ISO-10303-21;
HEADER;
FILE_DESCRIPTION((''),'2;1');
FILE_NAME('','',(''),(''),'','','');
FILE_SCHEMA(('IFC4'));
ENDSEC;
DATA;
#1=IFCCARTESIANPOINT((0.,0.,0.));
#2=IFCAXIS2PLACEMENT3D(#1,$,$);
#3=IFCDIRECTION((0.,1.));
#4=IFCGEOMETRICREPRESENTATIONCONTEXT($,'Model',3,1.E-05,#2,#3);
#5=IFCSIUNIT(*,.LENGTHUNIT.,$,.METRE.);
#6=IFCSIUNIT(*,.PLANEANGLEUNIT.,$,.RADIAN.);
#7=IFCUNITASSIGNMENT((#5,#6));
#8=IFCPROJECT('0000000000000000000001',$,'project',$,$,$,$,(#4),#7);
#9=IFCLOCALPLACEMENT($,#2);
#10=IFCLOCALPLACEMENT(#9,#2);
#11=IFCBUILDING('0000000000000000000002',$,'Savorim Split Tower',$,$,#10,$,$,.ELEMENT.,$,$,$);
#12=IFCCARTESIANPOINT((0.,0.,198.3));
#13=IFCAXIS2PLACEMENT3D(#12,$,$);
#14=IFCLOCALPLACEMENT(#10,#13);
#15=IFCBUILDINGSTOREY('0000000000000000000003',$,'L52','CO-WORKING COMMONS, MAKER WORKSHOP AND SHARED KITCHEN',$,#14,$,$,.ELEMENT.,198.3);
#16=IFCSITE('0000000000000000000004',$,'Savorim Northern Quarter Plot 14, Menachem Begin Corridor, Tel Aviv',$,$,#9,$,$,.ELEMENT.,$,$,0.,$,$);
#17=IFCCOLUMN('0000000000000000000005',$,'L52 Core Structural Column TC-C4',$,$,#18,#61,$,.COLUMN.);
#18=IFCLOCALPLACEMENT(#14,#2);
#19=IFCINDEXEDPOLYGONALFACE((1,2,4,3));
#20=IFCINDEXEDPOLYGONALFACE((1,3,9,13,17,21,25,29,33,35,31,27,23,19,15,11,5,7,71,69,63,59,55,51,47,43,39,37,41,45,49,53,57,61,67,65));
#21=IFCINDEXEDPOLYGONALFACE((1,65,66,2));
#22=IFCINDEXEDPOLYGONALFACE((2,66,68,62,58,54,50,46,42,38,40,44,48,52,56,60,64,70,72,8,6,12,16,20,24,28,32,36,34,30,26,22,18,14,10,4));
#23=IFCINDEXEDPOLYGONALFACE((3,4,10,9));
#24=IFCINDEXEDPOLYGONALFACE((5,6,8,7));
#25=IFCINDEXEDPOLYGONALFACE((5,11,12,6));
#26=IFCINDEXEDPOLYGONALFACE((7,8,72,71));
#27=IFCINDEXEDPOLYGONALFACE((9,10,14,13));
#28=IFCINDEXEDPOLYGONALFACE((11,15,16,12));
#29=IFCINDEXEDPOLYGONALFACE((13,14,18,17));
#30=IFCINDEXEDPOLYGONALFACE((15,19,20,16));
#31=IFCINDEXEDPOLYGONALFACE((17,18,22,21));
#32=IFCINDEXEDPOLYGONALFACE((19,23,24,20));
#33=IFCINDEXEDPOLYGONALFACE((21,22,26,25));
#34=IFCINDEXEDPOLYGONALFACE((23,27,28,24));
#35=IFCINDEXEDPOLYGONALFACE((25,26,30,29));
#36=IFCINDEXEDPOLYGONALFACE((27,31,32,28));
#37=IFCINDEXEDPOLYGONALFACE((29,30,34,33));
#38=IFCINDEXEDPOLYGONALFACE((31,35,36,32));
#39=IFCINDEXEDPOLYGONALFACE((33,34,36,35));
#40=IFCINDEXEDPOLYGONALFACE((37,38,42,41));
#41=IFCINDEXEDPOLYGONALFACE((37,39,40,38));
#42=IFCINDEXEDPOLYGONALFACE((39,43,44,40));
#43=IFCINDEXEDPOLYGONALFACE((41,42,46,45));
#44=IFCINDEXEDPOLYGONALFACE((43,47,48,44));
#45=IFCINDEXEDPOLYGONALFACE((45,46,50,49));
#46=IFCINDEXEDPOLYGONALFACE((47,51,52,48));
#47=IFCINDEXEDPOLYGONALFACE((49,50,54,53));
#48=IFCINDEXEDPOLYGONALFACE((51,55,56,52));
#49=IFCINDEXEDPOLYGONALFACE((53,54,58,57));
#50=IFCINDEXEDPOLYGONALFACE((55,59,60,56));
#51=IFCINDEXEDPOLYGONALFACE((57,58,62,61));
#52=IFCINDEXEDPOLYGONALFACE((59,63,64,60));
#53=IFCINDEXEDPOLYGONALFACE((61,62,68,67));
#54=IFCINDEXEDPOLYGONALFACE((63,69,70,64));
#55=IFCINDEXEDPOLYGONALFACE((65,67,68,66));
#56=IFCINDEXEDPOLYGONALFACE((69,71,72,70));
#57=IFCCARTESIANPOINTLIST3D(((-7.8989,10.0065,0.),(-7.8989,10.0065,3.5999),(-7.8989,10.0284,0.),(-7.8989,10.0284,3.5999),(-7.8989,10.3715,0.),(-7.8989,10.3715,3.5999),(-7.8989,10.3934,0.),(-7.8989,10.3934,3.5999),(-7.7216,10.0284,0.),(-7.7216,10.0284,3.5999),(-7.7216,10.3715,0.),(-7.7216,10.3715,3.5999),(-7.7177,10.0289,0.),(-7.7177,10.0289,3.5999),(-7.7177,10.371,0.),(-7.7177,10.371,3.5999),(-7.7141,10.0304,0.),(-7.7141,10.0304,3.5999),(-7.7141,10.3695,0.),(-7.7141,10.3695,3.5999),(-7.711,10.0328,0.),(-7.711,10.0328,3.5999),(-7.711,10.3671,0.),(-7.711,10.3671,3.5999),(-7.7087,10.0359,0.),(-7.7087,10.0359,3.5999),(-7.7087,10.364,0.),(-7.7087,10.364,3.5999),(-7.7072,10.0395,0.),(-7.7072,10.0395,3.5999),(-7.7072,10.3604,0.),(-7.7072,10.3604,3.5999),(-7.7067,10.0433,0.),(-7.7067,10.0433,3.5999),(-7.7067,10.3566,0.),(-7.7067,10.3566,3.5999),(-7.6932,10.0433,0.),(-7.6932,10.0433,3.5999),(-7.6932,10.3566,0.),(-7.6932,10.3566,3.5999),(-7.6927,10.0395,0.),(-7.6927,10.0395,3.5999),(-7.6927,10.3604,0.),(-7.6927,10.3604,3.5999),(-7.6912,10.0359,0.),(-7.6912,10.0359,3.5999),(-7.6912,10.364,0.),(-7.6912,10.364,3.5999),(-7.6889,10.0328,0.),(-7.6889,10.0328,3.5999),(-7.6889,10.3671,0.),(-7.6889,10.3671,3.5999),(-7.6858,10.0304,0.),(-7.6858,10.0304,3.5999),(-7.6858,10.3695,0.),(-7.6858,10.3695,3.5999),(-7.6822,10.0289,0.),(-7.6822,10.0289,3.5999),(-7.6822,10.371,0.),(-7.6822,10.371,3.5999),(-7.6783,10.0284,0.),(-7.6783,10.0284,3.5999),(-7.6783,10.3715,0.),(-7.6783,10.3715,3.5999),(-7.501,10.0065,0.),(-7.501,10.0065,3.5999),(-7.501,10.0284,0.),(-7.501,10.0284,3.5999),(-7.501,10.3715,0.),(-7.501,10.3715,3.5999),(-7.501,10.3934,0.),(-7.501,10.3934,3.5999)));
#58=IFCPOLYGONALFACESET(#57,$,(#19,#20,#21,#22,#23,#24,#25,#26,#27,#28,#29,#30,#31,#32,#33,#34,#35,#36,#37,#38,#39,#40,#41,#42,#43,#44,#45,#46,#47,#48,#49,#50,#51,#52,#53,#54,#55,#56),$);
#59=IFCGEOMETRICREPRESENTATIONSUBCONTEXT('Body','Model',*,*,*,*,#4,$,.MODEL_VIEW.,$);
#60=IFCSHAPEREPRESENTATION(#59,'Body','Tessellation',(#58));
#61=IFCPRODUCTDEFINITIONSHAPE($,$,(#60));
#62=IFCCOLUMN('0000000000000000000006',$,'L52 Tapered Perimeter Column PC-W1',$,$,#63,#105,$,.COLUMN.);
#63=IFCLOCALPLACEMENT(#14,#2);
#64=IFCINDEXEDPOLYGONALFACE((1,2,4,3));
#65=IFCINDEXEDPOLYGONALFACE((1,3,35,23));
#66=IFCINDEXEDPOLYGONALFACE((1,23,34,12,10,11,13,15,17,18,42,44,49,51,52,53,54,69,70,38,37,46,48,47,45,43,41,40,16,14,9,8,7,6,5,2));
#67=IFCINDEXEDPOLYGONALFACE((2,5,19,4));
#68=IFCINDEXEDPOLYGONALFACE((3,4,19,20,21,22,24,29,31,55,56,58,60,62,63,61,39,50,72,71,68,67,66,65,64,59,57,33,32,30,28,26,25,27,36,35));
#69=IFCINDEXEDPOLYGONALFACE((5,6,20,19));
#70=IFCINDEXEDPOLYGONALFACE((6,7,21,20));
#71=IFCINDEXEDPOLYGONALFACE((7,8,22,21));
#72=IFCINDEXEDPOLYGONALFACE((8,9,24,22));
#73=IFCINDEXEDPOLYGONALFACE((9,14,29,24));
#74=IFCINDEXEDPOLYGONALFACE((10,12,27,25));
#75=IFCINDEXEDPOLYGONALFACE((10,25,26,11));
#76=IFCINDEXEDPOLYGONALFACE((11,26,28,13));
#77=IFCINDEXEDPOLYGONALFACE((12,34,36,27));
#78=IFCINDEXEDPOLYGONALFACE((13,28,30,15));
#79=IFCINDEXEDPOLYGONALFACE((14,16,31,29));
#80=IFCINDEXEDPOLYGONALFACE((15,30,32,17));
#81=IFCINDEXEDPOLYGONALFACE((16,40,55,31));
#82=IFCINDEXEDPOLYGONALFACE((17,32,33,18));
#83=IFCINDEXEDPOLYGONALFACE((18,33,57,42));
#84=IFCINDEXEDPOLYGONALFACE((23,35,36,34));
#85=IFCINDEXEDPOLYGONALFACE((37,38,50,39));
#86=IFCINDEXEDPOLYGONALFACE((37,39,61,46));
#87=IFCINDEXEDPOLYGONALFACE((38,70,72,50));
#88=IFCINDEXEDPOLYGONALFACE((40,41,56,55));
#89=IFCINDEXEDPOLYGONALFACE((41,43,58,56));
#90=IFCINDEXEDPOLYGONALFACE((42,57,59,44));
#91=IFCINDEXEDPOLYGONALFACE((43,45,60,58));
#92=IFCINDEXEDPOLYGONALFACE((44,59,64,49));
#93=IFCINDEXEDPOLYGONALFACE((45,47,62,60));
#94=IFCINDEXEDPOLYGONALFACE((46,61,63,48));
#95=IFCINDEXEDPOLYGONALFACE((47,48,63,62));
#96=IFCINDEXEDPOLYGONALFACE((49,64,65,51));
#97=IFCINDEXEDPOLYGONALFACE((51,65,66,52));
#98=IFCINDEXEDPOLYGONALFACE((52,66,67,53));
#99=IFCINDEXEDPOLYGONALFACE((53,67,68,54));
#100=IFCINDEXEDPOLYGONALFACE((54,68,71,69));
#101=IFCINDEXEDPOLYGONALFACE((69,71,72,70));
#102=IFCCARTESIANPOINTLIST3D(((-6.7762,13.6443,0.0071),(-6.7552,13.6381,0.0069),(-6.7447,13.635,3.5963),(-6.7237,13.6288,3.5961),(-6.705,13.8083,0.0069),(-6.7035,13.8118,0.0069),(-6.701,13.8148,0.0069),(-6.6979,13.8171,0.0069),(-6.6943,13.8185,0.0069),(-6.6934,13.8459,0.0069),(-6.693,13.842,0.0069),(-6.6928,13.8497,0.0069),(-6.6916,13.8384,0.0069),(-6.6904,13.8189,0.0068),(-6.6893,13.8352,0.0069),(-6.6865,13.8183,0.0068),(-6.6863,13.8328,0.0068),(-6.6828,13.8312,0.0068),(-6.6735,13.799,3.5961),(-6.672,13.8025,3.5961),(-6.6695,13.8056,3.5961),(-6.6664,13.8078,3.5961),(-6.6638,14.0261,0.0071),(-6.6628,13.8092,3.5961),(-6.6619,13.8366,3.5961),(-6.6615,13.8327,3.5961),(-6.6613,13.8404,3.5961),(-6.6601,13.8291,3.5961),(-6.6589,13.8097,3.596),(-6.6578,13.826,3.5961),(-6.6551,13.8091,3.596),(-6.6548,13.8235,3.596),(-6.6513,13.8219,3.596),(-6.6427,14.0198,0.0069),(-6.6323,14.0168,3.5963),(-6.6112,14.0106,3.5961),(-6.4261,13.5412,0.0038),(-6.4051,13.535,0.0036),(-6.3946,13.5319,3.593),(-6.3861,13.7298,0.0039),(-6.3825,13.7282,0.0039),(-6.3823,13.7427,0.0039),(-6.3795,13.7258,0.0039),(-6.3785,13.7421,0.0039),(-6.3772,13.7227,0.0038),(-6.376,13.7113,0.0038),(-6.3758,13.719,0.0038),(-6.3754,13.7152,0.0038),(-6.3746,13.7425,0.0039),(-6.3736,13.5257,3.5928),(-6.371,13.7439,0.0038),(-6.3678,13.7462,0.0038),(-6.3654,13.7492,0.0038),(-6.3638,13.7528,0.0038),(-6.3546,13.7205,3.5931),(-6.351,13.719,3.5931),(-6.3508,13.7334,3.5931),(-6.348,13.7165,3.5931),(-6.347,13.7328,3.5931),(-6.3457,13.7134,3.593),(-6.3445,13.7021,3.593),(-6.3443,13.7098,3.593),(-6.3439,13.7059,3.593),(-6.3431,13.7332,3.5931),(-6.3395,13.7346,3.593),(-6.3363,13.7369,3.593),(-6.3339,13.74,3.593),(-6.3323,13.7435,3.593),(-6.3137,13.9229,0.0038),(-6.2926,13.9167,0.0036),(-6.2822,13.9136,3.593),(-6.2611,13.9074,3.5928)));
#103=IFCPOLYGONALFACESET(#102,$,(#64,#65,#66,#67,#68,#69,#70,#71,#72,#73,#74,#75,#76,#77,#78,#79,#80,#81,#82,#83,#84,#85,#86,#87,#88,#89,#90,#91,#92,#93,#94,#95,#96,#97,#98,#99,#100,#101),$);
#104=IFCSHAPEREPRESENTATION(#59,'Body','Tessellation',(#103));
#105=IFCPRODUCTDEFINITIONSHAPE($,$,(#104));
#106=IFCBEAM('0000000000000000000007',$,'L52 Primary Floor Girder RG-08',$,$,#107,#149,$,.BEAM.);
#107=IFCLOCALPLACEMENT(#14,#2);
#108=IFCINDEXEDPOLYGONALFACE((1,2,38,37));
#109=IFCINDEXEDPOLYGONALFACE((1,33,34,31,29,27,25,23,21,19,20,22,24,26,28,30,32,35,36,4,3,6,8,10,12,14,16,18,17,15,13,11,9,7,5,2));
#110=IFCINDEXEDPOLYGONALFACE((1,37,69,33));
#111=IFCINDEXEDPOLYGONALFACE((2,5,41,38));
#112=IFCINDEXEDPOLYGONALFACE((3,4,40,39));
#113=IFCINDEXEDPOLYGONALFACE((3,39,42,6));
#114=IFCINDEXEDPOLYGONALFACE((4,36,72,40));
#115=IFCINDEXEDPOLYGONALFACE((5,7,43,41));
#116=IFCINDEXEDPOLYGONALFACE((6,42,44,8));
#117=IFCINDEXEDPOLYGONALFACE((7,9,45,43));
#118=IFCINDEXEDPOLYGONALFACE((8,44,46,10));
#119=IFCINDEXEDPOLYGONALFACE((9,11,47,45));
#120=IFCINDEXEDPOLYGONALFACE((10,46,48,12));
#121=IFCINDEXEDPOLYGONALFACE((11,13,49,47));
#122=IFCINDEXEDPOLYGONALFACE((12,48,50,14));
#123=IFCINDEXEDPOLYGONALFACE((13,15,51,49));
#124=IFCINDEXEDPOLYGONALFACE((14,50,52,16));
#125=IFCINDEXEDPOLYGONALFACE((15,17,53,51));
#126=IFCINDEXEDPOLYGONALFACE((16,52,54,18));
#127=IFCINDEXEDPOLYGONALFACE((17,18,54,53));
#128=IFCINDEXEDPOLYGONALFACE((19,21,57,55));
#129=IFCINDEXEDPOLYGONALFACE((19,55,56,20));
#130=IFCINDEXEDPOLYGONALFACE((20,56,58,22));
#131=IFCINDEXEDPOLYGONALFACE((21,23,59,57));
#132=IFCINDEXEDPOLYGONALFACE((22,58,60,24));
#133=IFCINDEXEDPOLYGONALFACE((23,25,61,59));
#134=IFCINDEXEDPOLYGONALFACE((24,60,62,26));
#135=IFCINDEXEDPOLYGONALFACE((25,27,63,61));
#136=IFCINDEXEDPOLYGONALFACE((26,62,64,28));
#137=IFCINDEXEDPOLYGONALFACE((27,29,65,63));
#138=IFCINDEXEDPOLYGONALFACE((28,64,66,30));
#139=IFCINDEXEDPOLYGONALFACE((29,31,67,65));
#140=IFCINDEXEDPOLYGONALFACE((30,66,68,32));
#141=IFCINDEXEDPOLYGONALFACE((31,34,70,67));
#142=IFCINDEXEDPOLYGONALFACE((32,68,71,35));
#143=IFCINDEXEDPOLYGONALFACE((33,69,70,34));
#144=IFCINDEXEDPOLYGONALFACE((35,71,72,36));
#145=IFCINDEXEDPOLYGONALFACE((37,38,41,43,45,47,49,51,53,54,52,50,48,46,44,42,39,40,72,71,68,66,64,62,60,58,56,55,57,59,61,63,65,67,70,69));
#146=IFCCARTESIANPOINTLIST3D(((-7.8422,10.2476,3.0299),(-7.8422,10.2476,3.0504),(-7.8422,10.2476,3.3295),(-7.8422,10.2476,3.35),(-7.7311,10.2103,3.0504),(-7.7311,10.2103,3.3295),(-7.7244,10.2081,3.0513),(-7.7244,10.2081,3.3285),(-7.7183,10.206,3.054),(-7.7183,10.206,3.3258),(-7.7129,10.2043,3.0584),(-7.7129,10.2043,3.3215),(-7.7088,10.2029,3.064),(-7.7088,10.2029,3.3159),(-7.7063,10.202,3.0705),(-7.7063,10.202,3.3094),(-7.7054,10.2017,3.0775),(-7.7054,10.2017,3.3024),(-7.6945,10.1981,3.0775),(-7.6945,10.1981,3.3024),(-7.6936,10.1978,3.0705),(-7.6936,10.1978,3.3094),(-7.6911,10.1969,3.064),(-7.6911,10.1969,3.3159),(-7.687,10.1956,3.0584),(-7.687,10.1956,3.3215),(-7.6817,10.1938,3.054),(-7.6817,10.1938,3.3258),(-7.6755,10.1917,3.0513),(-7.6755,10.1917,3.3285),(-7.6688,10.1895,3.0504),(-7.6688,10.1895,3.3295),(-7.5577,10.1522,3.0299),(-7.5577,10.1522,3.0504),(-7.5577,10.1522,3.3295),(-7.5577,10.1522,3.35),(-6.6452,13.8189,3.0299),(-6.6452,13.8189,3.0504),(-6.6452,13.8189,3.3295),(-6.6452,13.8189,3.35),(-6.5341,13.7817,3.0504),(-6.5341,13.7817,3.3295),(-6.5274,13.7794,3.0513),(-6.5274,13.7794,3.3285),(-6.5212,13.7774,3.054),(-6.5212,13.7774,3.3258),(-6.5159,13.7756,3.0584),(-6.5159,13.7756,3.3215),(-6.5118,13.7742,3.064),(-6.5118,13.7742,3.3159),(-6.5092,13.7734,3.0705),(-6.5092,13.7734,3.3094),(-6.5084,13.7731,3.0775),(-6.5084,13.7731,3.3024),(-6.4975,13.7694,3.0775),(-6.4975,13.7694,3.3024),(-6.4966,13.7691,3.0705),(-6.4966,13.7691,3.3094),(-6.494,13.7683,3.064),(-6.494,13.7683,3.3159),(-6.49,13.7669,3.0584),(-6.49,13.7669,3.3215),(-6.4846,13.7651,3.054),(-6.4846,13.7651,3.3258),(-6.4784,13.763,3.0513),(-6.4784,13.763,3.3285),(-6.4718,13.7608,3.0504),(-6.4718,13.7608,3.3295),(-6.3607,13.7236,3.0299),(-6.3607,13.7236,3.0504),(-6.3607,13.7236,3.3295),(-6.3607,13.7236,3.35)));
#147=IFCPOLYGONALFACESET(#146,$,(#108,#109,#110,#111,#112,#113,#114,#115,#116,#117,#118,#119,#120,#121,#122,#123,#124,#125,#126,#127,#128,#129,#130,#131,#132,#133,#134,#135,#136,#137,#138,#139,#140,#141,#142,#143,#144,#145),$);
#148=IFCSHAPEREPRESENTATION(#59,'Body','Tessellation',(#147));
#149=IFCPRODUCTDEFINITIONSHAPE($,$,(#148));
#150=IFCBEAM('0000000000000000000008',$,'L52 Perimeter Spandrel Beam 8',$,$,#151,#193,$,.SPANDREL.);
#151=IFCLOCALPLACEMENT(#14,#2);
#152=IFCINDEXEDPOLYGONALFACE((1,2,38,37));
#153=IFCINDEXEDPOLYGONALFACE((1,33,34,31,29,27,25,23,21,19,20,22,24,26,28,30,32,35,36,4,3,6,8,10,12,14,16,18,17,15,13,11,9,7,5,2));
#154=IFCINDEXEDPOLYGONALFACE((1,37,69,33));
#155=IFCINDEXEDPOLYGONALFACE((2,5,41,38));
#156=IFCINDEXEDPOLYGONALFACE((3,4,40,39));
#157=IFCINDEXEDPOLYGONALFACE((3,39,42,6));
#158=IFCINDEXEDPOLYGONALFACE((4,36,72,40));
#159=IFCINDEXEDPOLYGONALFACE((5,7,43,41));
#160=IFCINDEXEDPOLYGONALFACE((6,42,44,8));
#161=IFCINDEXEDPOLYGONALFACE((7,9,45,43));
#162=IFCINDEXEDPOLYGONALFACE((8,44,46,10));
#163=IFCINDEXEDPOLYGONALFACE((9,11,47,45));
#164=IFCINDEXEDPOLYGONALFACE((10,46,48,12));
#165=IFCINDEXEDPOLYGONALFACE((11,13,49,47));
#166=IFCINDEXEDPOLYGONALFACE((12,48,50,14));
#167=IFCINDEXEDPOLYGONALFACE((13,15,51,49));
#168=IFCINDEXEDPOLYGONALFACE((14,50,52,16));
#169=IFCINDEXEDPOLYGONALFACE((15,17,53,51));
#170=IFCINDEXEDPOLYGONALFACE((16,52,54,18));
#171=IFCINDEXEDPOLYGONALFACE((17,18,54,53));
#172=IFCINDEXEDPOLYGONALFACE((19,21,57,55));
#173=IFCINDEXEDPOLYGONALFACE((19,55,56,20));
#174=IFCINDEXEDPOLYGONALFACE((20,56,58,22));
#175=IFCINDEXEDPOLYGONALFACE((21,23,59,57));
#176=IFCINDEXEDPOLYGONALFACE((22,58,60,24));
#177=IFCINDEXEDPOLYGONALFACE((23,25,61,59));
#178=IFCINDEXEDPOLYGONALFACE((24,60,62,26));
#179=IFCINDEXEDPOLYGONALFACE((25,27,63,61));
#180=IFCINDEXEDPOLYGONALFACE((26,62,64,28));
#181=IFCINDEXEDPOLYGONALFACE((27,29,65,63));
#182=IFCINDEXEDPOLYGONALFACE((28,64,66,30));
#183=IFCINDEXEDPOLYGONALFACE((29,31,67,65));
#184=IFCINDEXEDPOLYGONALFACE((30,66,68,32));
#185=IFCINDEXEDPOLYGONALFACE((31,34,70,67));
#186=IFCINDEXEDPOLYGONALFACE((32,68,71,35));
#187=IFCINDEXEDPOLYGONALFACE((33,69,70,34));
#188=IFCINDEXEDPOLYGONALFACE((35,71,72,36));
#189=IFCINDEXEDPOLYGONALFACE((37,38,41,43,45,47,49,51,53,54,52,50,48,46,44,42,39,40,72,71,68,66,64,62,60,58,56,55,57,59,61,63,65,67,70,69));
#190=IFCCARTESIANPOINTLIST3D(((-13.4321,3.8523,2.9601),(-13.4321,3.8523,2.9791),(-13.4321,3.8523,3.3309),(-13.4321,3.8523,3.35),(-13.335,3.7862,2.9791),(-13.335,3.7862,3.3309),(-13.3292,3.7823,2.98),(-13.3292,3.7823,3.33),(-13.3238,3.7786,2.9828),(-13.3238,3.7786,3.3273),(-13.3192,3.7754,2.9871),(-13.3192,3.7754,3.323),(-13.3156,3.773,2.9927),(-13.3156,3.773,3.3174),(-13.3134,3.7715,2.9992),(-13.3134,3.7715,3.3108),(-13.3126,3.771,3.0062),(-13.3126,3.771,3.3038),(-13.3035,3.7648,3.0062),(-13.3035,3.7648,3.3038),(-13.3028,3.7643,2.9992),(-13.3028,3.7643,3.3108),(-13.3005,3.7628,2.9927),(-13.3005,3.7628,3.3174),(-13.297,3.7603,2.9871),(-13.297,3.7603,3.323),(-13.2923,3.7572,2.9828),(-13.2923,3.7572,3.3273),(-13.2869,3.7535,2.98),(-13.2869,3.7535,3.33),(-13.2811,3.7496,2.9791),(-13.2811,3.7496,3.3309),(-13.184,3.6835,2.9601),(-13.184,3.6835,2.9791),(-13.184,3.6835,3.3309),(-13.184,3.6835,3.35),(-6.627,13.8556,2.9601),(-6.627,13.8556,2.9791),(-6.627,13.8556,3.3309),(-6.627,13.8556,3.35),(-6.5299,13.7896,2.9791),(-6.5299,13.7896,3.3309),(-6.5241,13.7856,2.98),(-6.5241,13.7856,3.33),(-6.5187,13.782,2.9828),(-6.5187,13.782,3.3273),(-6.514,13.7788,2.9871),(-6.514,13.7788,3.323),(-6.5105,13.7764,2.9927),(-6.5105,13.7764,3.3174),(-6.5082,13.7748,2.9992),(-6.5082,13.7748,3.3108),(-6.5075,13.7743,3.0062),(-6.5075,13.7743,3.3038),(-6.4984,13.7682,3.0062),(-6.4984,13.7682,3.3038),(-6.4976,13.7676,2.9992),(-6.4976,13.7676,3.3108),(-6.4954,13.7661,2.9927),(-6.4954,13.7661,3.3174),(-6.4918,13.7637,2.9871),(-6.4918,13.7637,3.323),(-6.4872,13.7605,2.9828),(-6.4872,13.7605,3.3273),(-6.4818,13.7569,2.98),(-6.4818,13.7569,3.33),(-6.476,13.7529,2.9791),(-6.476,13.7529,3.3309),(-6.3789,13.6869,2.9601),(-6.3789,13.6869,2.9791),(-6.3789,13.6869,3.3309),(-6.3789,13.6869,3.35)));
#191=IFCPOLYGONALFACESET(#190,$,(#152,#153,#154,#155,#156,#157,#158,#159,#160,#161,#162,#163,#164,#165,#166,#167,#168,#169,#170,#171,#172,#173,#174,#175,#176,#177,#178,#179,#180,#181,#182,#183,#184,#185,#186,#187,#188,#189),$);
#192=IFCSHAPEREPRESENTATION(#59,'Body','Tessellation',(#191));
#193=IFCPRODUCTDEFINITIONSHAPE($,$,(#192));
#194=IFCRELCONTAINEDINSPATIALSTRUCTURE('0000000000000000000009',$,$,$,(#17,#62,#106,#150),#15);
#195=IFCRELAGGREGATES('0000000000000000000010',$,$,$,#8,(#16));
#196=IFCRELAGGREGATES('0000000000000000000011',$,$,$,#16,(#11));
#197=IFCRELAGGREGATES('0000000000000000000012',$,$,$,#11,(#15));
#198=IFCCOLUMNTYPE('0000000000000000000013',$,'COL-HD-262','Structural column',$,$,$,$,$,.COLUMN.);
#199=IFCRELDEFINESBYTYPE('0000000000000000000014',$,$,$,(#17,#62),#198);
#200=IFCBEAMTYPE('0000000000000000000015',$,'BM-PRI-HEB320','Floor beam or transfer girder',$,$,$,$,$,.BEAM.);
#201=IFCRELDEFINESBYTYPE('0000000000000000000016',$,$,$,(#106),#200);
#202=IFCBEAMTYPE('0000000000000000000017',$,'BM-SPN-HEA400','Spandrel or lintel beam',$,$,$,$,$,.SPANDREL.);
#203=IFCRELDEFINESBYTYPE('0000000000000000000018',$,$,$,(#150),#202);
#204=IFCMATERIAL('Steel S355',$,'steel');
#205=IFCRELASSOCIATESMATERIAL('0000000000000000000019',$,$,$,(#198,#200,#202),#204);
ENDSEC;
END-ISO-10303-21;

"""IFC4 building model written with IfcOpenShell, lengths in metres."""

from ifc_helpers import new_model, si_unit, direction, frame, origin, origin_2d, place, context, subcontext, project, spatial, i_section, extrude, material, material_profile, profile_set, type_object, element, save


model = new_model("IFC4")

# Units and contexts
model_context = context("Model", 3, precision=1e-05, world=origin(), true_north=direction((0.0, 1.0)))
body_context = subcontext(model_context, "Body", "Model", "MODEL_VIEW")
ifc_project = project(units=[si_unit("LENGTHUNIT", "METRE"), si_unit("PLANEANGLEUNIT", "RADIAN")], contexts=[model_context])

# Site, building, storey
site_placement = place(None, origin())
site = spatial("IfcSite", under=ifc_project, at=site_placement, Name="Savorim Northern Quarter Plot 14, Menachem Begin Corridor, Tel Aviv", CompositionType="ELEMENT", RefElevation=0.0)
building_placement = place(site_placement, origin())
building = spatial("IfcBuilding", under=site, at=building_placement, Name="Savorim Split Tower", CompositionType="ELEMENT")
storey_placement = place(building_placement, frame((0.0, 0.0, 198.3)))
storey = spatial("IfcBuildingStorey", under=building, at=storey_placement, Name="L52", Description="CO-WORKING COMMONS, MAKER WORKSHOP AND SHARED KITCHEN", CompositionType="ELEMENT", Elevation=198.3)

# Columns
ifc_material_1 = material(Name="Steel S355", Category="steel")
ifc_material_profile_1 = material_profile(ifc_material_1, i_section(OverallWidth=0.3979, OverallDepth=0.387, WebThickness=0.0134, FlangeThickness=0.022, FilletRadius=0.0149, at=origin_2d()), Name="HD 400x262")
ifc_profile_set_1 = profile_set([ifc_material_profile_1], Name="Steel S355")
column_type = type_object("IfcColumnType", Name="COL-HD-262", Description="Structural column", PredefinedType="COLUMN", material=ifc_profile_set_1)
column_1_placement = place(storey_placement, frame((-7.7, 10.2, 0.0), z_axis=(0.0, 0.0, 1.0), x_axis=(1.0, 0.0, 0.0)))
element("IfcColumn", 1, at=column_1_placement, inside=storey, type_object=column_type, Name="L52 Core Structural Column TC-C4", PredefinedType="COLUMN", context=body_context, shape_type="SweptSolid", body=[
    extrude(i_section(OverallWidth=0.3979, OverallDepth=0.387, WebThickness=0.0134, FlangeThickness=0.022, FilletRadius=0.0149, at=origin_2d()), origin(), (0.0, 0.0, 1.0), 3.5999),
])
column_2_placement = place(storey_placement, frame((-6.5344, 13.7805, 0.0054), z_axis=(0.008775, -0.002585, 0.999958), x_axis=(0.282569, 0.959247, 0.0)))
element("IfcColumn", 2, at=column_2_placement, inside=storey, type_object=column_type, Name="L52 Tapered Perimeter Column PC-W1", PredefinedType="COLUMN", context=body_context, shape_type="SweptSolid", body=[
    extrude(i_section(OverallWidth=0.3979, OverallDepth=0.387, WebThickness=0.0134, FlangeThickness=0.022, FilletRadius=0.0149, at=origin_2d()), origin(), (0.0, 0.0, 1.0), 3.5894),
])

# Beams
ifc_material_profile_2 = material_profile(ifc_material_1, i_section(OverallWidth=0.3, OverallDepth=0.3201, WebThickness=0.0115, FlangeThickness=0.0205, FilletRadius=0.0271, at=origin_2d()), Name="HEB 320")
ifc_profile_set_2 = profile_set([ifc_material_profile_2], Name="Steel S355")
beam_type_1 = type_object("IfcBeamType", Name="BM-PRI-HEB320", Description="Floor beam or transfer girder", PredefinedType="BEAM", material=ifc_profile_set_2)
beam_1_placement = place(storey_placement, frame((-6.5029, 13.7712, 3.1899), z_axis=(-0.317802, -0.948157, 0.0), x_axis=(0.948157, -0.317802, 0.0)))
element("IfcBeam", 3, at=beam_1_placement, inside=storey, type_object=beam_type_1, Name="L52 Primary Floor Girder RG-08", PredefinedType="BEAM", context=body_context, shape_type="SweptSolid", body=[
    extrude(i_section(OverallWidth=0.3, OverallDepth=0.3201, WebThickness=0.0115, FlangeThickness=0.0205, FilletRadius=0.0271, at=origin_2d()), origin(), (0.0, 0.0, 1.0), 3.7666),
])
ifc_material_profile_3 = material_profile(ifc_material_1, i_section(OverallWidth=0.3, OverallDepth=0.3899, WebThickness=0.011, FlangeThickness=0.019, FilletRadius=0.0271, at=origin_2d()), Name="HEA 400")
ifc_profile_set_3 = profile_set([ifc_material_profile_3], Name="Steel S355")
beam_type_2 = type_object("IfcBeamType", Name="BM-SPN-HEA400", Description="Spandrel or lintel beam", PredefinedType="SPANDREL", material=ifc_profile_set_3)
beam_2_placement = place(storey_placement, frame((-6.5029, 13.7712, 3.155), z_axis=(-0.562471, -0.826817, 0.0), x_axis=(0.826817, -0.562471, 0.0)))
element("IfcBeam", 4, at=beam_2_placement, inside=storey, type_object=beam_type_2, Name="L52 Perimeter Spandrel Beam 8", PredefinedType="SPANDREL", context=body_context, shape_type="SweptSolid", body=[
    extrude(i_section(OverallWidth=0.3, OverallDepth=0.3899, WebThickness=0.011, FlangeThickness=0.019, FilletRadius=0.0271, at=origin_2d()), origin(), (0.0, 0.0, 1.0), 12.0986),
])

save(model, "model.ifc")
